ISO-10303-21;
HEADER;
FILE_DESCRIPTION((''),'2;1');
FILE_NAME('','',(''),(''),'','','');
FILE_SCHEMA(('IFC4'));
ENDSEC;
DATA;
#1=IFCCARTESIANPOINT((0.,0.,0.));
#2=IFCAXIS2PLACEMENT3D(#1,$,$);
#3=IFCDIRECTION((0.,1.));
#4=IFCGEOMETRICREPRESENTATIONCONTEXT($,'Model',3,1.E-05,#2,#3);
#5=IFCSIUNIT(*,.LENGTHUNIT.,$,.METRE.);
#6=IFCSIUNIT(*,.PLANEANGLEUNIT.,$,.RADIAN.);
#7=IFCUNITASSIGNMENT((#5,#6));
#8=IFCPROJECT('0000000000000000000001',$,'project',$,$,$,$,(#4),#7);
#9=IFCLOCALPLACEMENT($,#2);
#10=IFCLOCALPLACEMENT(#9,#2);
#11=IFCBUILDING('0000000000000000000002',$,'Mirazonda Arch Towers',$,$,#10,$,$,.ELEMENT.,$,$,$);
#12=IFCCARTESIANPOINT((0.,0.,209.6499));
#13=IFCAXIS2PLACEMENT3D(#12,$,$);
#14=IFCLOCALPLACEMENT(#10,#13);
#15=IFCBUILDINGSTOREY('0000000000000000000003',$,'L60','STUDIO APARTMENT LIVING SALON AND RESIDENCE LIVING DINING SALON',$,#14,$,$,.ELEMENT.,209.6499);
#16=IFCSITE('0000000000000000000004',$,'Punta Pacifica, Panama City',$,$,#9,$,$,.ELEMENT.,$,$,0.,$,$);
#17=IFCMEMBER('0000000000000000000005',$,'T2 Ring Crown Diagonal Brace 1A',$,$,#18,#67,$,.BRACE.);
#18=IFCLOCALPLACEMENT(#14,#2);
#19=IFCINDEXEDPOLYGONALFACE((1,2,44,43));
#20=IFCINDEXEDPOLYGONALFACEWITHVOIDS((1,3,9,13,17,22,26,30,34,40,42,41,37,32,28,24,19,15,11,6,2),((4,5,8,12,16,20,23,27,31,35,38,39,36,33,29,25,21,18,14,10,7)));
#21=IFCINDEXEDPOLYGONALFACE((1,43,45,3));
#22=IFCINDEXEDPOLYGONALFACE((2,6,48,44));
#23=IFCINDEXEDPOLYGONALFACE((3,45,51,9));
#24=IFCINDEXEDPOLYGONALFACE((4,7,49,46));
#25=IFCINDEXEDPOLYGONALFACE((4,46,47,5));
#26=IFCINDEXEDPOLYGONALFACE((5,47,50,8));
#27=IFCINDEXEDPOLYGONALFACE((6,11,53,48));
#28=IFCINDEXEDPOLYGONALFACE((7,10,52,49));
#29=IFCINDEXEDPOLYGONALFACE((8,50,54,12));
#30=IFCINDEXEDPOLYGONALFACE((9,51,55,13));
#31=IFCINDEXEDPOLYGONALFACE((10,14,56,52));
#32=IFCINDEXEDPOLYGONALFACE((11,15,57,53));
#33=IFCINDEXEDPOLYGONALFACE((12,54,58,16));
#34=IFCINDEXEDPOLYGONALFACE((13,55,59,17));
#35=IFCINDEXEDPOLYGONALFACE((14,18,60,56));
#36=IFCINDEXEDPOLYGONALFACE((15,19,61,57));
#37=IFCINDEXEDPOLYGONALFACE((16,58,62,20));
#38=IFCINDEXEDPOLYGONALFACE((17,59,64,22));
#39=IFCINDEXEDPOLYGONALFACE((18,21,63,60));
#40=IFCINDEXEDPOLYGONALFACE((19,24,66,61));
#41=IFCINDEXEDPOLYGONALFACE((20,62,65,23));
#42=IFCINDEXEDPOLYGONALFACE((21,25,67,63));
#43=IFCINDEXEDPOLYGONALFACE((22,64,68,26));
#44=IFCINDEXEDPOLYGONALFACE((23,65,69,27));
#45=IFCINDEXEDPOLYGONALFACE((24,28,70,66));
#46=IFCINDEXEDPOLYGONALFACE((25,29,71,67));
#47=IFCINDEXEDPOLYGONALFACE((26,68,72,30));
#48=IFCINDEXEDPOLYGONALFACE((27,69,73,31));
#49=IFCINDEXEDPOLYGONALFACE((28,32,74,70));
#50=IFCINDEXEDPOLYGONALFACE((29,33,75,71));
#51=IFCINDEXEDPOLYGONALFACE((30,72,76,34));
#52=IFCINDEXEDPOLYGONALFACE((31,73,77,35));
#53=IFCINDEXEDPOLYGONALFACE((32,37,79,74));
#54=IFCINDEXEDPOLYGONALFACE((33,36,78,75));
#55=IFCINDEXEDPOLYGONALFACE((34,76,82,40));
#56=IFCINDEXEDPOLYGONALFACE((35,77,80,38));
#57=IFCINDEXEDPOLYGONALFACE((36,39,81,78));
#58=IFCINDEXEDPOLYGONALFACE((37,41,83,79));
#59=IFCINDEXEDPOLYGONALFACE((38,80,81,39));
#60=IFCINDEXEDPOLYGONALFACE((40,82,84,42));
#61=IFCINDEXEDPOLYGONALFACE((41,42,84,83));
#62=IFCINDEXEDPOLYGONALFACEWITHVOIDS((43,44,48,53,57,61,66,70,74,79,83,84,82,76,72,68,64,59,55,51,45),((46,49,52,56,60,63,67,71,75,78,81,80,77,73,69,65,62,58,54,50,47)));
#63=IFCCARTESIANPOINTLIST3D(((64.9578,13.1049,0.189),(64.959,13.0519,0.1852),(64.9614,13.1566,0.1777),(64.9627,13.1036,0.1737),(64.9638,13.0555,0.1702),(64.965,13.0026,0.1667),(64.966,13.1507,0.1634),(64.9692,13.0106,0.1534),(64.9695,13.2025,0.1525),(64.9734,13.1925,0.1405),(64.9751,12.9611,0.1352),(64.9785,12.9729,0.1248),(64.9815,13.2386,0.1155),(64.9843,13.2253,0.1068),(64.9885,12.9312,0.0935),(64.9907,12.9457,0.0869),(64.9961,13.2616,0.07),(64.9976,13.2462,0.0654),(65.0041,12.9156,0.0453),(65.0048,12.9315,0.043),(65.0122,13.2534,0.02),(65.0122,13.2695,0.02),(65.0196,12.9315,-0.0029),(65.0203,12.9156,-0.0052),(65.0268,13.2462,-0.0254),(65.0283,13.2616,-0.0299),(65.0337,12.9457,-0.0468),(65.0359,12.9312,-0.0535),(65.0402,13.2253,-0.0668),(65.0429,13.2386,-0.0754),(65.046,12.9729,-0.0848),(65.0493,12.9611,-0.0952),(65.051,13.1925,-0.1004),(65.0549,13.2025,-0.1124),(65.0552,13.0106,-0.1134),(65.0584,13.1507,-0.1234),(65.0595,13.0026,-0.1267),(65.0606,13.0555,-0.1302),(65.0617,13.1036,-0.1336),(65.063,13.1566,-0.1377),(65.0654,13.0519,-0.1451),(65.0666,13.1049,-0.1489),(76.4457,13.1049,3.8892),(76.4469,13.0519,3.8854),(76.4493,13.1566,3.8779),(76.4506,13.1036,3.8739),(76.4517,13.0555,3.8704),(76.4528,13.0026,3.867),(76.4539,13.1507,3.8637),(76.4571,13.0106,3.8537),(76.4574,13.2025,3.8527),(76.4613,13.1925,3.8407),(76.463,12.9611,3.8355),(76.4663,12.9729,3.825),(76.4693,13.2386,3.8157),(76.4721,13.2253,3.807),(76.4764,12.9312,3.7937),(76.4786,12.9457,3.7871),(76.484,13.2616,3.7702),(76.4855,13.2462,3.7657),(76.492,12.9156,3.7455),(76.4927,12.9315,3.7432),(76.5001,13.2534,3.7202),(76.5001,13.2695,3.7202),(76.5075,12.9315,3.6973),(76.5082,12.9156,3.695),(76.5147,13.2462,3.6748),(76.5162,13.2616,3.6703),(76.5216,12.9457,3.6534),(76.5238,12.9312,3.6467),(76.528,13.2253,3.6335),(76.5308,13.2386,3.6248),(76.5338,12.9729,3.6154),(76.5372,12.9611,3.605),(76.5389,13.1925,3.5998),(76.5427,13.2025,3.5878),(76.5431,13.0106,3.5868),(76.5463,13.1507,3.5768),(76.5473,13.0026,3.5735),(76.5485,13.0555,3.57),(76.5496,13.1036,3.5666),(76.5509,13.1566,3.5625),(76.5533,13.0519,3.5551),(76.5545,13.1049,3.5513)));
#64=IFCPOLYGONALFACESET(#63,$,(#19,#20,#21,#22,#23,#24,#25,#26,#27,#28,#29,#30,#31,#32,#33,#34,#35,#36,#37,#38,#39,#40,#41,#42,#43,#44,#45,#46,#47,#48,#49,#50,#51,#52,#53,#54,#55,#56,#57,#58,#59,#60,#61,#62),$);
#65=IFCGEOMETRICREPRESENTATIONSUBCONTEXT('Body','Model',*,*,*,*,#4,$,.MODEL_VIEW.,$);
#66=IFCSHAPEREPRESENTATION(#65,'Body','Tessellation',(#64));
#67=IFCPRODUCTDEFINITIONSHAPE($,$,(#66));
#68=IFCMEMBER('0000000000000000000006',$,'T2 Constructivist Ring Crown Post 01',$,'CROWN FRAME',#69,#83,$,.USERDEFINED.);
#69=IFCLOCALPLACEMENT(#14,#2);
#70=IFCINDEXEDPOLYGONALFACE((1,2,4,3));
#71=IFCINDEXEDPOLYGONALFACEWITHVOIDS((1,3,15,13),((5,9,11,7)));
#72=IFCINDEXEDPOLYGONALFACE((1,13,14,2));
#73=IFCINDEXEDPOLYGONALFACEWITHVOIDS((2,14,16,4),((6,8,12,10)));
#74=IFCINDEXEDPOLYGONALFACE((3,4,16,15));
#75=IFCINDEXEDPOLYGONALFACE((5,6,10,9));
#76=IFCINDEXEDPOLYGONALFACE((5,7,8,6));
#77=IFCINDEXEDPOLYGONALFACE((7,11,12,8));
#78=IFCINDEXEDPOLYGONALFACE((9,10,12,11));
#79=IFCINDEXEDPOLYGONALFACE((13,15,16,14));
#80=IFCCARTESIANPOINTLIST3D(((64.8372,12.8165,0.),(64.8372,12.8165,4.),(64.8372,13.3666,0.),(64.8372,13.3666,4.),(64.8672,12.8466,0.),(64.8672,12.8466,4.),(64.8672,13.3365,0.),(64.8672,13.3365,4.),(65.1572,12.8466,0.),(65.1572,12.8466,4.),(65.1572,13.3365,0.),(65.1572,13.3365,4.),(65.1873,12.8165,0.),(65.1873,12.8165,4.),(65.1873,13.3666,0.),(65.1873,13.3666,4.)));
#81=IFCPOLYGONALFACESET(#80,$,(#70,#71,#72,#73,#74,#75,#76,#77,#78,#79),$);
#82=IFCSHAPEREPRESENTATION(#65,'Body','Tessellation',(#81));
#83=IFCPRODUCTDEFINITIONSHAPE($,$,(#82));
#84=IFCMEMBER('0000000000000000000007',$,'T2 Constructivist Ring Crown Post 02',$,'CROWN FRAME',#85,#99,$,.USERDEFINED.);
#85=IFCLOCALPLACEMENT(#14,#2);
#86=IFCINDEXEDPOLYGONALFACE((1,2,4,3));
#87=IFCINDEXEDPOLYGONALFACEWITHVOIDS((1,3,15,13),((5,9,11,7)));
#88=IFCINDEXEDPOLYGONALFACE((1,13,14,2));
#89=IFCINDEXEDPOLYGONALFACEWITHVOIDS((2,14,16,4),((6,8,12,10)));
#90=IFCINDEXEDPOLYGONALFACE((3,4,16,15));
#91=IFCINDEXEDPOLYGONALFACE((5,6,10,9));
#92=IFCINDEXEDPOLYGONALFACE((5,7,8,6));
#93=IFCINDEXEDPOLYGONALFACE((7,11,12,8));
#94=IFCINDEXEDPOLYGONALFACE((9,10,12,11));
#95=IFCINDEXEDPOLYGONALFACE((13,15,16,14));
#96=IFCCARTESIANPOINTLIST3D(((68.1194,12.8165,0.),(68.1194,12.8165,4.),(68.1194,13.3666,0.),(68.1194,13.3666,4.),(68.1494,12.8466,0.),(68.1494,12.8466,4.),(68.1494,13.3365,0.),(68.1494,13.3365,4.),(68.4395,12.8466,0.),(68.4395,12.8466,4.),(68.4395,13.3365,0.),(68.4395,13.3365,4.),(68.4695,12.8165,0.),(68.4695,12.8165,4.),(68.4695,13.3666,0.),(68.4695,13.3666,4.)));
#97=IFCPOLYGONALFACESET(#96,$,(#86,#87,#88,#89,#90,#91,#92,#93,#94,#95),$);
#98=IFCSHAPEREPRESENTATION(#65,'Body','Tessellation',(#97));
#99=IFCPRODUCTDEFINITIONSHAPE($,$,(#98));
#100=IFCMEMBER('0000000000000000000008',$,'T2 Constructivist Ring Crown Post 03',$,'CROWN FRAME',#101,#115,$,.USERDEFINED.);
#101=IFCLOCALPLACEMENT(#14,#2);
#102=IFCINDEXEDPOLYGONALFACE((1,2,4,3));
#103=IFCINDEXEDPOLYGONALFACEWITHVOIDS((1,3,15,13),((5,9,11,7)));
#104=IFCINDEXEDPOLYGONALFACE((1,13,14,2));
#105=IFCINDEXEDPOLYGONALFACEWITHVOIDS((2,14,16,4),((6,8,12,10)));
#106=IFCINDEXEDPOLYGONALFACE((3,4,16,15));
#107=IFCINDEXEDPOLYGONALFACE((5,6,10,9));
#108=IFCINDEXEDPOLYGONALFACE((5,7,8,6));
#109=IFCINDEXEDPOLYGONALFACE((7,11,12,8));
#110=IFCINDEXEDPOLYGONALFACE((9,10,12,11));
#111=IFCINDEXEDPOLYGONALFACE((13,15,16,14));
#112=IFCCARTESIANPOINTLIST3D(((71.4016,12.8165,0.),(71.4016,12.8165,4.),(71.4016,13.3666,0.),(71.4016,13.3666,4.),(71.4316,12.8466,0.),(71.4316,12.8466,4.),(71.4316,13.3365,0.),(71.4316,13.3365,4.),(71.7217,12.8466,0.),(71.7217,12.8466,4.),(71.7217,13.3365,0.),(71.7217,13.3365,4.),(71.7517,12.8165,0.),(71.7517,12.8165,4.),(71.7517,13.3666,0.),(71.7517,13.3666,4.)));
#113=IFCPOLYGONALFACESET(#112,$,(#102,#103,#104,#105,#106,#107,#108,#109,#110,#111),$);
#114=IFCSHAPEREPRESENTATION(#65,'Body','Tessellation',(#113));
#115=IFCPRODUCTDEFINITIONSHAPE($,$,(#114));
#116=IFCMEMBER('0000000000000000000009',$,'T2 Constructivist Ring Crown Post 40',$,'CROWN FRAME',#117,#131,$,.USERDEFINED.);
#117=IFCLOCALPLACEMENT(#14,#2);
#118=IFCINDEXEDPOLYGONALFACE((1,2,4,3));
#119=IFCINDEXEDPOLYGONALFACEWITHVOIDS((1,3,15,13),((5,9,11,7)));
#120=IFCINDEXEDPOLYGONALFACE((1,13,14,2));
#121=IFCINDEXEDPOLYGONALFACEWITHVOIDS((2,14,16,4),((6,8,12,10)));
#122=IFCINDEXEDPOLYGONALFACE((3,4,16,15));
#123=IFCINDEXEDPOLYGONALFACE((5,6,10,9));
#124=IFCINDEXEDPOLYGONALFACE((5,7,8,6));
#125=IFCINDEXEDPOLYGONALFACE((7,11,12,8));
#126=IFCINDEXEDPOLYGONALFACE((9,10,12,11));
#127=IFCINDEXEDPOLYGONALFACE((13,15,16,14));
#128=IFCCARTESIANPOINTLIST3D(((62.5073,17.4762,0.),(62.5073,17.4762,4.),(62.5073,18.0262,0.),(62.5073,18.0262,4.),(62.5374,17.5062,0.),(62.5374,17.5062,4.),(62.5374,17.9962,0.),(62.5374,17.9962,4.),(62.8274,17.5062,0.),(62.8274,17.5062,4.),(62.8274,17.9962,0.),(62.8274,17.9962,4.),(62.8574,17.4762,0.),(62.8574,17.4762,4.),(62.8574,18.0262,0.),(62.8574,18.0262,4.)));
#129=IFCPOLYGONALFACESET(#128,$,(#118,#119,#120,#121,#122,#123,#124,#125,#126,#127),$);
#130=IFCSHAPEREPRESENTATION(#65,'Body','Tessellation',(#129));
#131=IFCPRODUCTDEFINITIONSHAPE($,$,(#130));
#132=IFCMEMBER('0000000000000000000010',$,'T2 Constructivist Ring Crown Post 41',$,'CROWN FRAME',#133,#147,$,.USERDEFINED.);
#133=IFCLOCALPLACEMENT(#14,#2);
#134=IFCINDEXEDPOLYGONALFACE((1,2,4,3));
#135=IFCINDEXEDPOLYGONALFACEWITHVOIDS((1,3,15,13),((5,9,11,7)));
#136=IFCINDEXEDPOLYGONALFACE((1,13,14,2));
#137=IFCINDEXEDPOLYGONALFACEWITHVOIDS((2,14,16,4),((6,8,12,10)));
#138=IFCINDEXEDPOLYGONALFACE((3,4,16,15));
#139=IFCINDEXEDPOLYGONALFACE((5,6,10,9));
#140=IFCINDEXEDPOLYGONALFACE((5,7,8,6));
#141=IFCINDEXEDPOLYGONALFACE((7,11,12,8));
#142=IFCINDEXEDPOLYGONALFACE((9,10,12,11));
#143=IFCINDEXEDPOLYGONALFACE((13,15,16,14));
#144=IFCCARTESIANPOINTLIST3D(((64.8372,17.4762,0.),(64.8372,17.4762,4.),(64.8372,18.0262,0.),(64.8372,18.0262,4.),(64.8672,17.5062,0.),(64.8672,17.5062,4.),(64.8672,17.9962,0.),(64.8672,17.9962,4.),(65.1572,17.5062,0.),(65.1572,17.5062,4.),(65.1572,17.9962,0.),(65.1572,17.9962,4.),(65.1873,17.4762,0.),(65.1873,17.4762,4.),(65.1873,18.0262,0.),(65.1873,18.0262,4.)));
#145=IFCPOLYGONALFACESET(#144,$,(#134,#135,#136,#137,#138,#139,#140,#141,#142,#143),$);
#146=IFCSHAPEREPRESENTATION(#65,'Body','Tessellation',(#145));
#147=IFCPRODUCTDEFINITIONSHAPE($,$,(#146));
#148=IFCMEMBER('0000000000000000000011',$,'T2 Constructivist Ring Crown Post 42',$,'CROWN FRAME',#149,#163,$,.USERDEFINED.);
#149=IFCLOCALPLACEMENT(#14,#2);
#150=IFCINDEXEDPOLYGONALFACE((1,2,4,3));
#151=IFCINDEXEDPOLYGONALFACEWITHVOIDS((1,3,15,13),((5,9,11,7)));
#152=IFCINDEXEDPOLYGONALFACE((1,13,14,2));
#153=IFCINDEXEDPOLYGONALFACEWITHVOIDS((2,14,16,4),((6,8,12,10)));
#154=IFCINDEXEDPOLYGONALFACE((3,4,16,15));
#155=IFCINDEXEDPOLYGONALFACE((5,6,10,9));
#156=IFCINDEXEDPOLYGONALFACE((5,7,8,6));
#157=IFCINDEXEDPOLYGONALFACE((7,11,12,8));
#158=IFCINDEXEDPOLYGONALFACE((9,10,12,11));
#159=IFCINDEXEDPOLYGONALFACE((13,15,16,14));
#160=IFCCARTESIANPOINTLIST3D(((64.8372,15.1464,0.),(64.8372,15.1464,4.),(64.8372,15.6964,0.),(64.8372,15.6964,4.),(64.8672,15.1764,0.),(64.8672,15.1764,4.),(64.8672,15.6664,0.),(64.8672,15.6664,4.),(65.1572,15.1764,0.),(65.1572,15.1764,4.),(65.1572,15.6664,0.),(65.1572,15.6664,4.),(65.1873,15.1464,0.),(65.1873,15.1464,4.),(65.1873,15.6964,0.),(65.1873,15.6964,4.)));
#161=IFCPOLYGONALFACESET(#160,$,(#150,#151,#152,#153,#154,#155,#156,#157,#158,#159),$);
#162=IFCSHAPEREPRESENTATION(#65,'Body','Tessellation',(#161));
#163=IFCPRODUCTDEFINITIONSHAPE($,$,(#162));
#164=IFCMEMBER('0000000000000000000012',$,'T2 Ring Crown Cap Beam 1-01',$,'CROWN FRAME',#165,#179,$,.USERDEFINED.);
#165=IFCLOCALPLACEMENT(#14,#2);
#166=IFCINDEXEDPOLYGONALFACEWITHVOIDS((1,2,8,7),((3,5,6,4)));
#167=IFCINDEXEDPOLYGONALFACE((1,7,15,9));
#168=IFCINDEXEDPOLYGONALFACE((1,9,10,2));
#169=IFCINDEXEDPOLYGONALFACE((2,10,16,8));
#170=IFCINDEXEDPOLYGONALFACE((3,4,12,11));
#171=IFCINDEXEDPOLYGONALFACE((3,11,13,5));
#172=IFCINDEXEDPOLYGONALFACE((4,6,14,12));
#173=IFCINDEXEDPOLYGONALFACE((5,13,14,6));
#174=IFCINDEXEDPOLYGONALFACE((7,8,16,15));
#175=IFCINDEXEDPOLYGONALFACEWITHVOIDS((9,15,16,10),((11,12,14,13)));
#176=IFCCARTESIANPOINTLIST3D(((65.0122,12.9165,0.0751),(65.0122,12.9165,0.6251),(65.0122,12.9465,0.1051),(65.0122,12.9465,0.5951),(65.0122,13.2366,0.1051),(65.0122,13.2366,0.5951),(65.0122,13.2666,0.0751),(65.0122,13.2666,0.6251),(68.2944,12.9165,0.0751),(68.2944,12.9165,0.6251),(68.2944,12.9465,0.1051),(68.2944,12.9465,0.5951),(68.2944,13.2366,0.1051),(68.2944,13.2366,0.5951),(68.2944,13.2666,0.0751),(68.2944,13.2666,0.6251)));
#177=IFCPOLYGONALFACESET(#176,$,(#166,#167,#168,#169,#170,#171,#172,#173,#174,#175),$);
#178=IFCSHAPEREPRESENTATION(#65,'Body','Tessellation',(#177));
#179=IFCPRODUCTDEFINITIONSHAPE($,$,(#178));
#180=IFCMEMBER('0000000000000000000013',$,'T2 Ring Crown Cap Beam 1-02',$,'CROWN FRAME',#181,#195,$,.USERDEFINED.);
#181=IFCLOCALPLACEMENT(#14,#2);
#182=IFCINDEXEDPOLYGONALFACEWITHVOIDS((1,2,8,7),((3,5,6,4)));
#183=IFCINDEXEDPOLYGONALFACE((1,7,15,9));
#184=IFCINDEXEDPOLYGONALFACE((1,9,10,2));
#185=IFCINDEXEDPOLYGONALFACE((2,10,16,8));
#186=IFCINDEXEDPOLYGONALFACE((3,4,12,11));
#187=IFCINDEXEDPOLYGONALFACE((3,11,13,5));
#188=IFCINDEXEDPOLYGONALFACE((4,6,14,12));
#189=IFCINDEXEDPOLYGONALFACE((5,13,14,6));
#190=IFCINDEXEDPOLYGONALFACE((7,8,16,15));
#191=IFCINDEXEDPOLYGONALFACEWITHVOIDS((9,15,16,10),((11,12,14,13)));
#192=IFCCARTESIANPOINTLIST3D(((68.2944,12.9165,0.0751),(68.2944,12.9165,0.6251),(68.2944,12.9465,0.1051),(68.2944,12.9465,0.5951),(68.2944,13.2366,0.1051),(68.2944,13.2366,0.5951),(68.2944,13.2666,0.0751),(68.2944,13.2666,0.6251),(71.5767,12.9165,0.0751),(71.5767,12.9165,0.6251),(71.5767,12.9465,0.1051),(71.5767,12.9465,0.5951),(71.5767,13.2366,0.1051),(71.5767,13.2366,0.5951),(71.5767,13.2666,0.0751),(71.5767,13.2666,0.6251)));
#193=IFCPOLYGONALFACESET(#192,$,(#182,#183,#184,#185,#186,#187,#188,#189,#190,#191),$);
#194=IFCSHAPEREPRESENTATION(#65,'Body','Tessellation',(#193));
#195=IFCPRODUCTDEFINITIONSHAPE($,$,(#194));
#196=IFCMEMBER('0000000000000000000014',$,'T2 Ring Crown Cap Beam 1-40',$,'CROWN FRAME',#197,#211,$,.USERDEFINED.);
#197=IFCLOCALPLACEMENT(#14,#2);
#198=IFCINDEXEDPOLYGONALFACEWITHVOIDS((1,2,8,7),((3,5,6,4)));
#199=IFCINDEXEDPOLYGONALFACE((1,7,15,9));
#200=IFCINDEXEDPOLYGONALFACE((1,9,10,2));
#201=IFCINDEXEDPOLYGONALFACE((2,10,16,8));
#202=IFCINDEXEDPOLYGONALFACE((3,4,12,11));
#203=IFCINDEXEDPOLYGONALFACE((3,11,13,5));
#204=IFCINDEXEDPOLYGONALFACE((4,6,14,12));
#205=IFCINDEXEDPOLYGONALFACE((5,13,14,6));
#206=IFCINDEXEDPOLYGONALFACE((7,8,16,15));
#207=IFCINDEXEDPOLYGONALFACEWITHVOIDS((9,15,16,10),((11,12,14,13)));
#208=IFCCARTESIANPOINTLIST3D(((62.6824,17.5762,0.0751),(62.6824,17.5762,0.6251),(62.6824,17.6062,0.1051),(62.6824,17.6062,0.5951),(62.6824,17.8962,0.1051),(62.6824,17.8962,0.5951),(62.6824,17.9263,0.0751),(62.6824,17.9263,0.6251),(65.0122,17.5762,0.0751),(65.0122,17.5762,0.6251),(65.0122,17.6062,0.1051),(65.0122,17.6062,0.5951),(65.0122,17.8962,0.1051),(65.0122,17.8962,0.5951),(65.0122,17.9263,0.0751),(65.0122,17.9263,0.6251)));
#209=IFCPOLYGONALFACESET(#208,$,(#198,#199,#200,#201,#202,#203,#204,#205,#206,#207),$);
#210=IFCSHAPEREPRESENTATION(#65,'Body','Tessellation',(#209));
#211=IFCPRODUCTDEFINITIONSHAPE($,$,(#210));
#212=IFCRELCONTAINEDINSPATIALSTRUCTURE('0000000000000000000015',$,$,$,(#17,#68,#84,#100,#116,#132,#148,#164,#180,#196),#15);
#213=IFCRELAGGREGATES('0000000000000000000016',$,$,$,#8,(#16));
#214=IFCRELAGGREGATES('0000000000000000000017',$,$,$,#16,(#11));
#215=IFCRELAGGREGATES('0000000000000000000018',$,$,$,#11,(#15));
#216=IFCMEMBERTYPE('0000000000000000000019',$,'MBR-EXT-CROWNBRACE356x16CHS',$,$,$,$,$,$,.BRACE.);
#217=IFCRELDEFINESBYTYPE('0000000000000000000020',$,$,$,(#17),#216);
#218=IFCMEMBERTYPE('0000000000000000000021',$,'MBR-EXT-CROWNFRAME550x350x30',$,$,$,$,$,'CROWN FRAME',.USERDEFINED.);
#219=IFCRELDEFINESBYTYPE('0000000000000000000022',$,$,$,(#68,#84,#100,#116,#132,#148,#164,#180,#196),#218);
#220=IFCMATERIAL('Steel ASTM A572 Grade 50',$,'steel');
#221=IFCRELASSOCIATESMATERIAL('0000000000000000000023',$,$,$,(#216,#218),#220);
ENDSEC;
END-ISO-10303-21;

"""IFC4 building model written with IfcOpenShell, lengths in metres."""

from ifc_helpers import new_model, si_unit, direction, frame, origin, origin_2d, place, context, subcontext, project, spatial, hollow_rectangle, hollow_circle, extrude, material, material_profile, profile_set, type_object, element, save


model = new_model("IFC4")

# Units and contexts
model_context = context("Model", 3, precision=1e-05, world=origin(), true_north=direction((0.0, 1.0)))
body_context = subcontext(model_context, "Body", "Model", "MODEL_VIEW")
ifc_project = project(units=[si_unit("LENGTHUNIT", "METRE"), si_unit("PLANEANGLEUNIT", "RADIAN")], contexts=[model_context])

# Site, building, storey
site_placement = place(None, origin())
site = spatial("IfcSite", under=ifc_project, at=site_placement, Name="Punta Pacifica, Panama City", CompositionType="ELEMENT", RefElevation=0.0)
building_placement = place(site_placement, origin())
building = spatial("IfcBuilding", under=site, at=building_placement, Name="Mirazonda Arch Towers", CompositionType="ELEMENT")
storey_placement = place(building_placement, frame((0.0, 0.0, 209.6499)))
storey = spatial("IfcBuildingStorey", under=building, at=storey_placement, Name="L60", Description="STUDIO APARTMENT LIVING SALON AND RESIDENCE LIVING DINING SALON", CompositionType="ELEMENT", Elevation=209.6499)

# Members
ifc_material_1 = material(Name="Steel ASTM A572 Grade 50", Category="steel")
ifc_material_profile_1 = material_profile(ifc_material_1, hollow_circle(Radius=0.178, WallThickness=0.0161, at=origin_2d()), Name="CROWNBRACE356x16CHS")
ifc_profile_set_1 = profile_set([ifc_material_profile_1], Name="Steel ASTM A572 Grade 50")
member_type_1 = type_object("IfcMemberType", Name="MBR-EXT-CROWNBRACE356x16CHS", PredefinedType="BRACE", material=ifc_profile_set_1)
member_placement = place(storey_placement, frame((65.0122, 13.0916, 0.02), z_axis=(0.951843, 0.0, 0.306587), x_axis=(0.0, 1.0, 0.0)))
element("IfcMember", 1, at=member_placement, inside=storey, type_object=member_type_1, Name="T2 Ring Crown Diagonal Brace 1A", PredefinedType="BRACE", context=body_context, shape_type="SweptSolid", body=[
    extrude(hollow_circle(Radius=0.178, WallThickness=0.0161, at=origin_2d()), origin(), (0.0, 0.0, 1.0), 12.0691),
])
ifc_material_profile_2 = material_profile(ifc_material_1, hollow_rectangle(XDim=0.3501, YDim=0.55, WallThickness=0.03, at=origin_2d()), Name="CROWNFRAME550x350x30")
ifc_profile_set_2 = profile_set([ifc_material_profile_2], Name="Steel ASTM A572 Grade 50")
member_type_2 = type_object("IfcMemberType", Name="MBR-EXT-CROWNFRAME550x350x30", ElementType="CROWN FRAME", PredefinedType="USERDEFINED", material=ifc_profile_set_2)
for number, where, z_axis, x_axis, name in (
    (2, (65.0122, 13.0916, 0.0), (0.0, 0.0, 1.0), (1.0, 0.0, 0.0), "T2 Constructivist Ring Crown Post 01"),
    (3, (68.2944, 13.0916, 0.0), (0.0, 0.0, 1.0), (1.0, 0.0, 0.0), "T2 Constructivist Ring Crown Post 02"),
    (4, (71.5767, 13.0916, 0.0), (0.0, 0.0, 1.0), (1.0, 0.0, 0.0), "T2 Constructivist Ring Crown Post 03"),
    (5, (62.6824, 17.7512, 0.0), (0.0, 0.0, 1.0), (1.0, 0.0, 0.0), "T2 Constructivist Ring Crown Post 40"),
    (6, (65.0122, 17.7512, 0.0), (0.0, 0.0, 1.0), (1.0, 0.0, 0.0), "T2 Constructivist Ring Crown Post 41"),
    (7, (65.0122, 15.4214, 0.0), (0.0, 0.0, 1.0), (1.0, 0.0, 0.0), "T2 Constructivist Ring Crown Post 42"),
):
    element("IfcMember", number, at=place(storey_placement, frame(where, z_axis=z_axis, x_axis=x_axis)), inside=storey, type_object=member_type_2, Name=name, ObjectType="CROWN FRAME", PredefinedType="USERDEFINED", context=body_context, shape_type="SweptSolid", body=[
        extrude(hollow_rectangle(XDim=0.3501, YDim=0.55, WallThickness=0.03, at=origin_2d()), origin(), (0.0, 0.0, 1.0), 4.0),
    ])
for number, where, z_axis, x_axis, name in (
    (8, (65.0122, 13.0916, 0.3501), (1.0, 0.0, 0.0), (0.0, 1.0, 0.0), "T2 Ring Crown Cap Beam 1-01"),
    (9, (68.2944, 13.0916, 0.3501), (1.0, 0.0, 0.0), (0.0, 1.0, 0.0), "T2 Ring Crown Cap Beam 1-02"),
):
    element("IfcMember", number, at=place(storey_placement, frame(where, z_axis=z_axis, x_axis=x_axis)), inside=storey, type_object=member_type_2, Name=name, ObjectType="CROWN FRAME", PredefinedType="USERDEFINED", context=body_context, shape_type="SweptSolid", body=[
        extrude(hollow_rectangle(XDim=0.3501, YDim=0.55, WallThickness=0.03, at=origin_2d()), origin(), (0.0, 0.0, 1.0), 3.2822),
    ])
for number, where, z_axis, x_axis, name in (
    (10, (62.6824, 17.7512, 0.3501), (1.0, 0.0, 0.0), (0.0, 1.0, 0.0), "T2 Ring Crown Cap Beam 1-40"),
):
    element("IfcMember", number, at=place(storey_placement, frame(where, z_axis=z_axis, x_axis=x_axis)), inside=storey, type_object=member_type_2, Name=name, ObjectType="CROWN FRAME", PredefinedType="USERDEFINED", context=body_context, shape_type="SweptSolid", body=[
        extrude(hollow_rectangle(XDim=0.3501, YDim=0.55, WallThickness=0.03, at=origin_2d()), origin(), (0.0, 0.0, 1.0), 2.3298),
    ])

save(model, "model.ifc")
